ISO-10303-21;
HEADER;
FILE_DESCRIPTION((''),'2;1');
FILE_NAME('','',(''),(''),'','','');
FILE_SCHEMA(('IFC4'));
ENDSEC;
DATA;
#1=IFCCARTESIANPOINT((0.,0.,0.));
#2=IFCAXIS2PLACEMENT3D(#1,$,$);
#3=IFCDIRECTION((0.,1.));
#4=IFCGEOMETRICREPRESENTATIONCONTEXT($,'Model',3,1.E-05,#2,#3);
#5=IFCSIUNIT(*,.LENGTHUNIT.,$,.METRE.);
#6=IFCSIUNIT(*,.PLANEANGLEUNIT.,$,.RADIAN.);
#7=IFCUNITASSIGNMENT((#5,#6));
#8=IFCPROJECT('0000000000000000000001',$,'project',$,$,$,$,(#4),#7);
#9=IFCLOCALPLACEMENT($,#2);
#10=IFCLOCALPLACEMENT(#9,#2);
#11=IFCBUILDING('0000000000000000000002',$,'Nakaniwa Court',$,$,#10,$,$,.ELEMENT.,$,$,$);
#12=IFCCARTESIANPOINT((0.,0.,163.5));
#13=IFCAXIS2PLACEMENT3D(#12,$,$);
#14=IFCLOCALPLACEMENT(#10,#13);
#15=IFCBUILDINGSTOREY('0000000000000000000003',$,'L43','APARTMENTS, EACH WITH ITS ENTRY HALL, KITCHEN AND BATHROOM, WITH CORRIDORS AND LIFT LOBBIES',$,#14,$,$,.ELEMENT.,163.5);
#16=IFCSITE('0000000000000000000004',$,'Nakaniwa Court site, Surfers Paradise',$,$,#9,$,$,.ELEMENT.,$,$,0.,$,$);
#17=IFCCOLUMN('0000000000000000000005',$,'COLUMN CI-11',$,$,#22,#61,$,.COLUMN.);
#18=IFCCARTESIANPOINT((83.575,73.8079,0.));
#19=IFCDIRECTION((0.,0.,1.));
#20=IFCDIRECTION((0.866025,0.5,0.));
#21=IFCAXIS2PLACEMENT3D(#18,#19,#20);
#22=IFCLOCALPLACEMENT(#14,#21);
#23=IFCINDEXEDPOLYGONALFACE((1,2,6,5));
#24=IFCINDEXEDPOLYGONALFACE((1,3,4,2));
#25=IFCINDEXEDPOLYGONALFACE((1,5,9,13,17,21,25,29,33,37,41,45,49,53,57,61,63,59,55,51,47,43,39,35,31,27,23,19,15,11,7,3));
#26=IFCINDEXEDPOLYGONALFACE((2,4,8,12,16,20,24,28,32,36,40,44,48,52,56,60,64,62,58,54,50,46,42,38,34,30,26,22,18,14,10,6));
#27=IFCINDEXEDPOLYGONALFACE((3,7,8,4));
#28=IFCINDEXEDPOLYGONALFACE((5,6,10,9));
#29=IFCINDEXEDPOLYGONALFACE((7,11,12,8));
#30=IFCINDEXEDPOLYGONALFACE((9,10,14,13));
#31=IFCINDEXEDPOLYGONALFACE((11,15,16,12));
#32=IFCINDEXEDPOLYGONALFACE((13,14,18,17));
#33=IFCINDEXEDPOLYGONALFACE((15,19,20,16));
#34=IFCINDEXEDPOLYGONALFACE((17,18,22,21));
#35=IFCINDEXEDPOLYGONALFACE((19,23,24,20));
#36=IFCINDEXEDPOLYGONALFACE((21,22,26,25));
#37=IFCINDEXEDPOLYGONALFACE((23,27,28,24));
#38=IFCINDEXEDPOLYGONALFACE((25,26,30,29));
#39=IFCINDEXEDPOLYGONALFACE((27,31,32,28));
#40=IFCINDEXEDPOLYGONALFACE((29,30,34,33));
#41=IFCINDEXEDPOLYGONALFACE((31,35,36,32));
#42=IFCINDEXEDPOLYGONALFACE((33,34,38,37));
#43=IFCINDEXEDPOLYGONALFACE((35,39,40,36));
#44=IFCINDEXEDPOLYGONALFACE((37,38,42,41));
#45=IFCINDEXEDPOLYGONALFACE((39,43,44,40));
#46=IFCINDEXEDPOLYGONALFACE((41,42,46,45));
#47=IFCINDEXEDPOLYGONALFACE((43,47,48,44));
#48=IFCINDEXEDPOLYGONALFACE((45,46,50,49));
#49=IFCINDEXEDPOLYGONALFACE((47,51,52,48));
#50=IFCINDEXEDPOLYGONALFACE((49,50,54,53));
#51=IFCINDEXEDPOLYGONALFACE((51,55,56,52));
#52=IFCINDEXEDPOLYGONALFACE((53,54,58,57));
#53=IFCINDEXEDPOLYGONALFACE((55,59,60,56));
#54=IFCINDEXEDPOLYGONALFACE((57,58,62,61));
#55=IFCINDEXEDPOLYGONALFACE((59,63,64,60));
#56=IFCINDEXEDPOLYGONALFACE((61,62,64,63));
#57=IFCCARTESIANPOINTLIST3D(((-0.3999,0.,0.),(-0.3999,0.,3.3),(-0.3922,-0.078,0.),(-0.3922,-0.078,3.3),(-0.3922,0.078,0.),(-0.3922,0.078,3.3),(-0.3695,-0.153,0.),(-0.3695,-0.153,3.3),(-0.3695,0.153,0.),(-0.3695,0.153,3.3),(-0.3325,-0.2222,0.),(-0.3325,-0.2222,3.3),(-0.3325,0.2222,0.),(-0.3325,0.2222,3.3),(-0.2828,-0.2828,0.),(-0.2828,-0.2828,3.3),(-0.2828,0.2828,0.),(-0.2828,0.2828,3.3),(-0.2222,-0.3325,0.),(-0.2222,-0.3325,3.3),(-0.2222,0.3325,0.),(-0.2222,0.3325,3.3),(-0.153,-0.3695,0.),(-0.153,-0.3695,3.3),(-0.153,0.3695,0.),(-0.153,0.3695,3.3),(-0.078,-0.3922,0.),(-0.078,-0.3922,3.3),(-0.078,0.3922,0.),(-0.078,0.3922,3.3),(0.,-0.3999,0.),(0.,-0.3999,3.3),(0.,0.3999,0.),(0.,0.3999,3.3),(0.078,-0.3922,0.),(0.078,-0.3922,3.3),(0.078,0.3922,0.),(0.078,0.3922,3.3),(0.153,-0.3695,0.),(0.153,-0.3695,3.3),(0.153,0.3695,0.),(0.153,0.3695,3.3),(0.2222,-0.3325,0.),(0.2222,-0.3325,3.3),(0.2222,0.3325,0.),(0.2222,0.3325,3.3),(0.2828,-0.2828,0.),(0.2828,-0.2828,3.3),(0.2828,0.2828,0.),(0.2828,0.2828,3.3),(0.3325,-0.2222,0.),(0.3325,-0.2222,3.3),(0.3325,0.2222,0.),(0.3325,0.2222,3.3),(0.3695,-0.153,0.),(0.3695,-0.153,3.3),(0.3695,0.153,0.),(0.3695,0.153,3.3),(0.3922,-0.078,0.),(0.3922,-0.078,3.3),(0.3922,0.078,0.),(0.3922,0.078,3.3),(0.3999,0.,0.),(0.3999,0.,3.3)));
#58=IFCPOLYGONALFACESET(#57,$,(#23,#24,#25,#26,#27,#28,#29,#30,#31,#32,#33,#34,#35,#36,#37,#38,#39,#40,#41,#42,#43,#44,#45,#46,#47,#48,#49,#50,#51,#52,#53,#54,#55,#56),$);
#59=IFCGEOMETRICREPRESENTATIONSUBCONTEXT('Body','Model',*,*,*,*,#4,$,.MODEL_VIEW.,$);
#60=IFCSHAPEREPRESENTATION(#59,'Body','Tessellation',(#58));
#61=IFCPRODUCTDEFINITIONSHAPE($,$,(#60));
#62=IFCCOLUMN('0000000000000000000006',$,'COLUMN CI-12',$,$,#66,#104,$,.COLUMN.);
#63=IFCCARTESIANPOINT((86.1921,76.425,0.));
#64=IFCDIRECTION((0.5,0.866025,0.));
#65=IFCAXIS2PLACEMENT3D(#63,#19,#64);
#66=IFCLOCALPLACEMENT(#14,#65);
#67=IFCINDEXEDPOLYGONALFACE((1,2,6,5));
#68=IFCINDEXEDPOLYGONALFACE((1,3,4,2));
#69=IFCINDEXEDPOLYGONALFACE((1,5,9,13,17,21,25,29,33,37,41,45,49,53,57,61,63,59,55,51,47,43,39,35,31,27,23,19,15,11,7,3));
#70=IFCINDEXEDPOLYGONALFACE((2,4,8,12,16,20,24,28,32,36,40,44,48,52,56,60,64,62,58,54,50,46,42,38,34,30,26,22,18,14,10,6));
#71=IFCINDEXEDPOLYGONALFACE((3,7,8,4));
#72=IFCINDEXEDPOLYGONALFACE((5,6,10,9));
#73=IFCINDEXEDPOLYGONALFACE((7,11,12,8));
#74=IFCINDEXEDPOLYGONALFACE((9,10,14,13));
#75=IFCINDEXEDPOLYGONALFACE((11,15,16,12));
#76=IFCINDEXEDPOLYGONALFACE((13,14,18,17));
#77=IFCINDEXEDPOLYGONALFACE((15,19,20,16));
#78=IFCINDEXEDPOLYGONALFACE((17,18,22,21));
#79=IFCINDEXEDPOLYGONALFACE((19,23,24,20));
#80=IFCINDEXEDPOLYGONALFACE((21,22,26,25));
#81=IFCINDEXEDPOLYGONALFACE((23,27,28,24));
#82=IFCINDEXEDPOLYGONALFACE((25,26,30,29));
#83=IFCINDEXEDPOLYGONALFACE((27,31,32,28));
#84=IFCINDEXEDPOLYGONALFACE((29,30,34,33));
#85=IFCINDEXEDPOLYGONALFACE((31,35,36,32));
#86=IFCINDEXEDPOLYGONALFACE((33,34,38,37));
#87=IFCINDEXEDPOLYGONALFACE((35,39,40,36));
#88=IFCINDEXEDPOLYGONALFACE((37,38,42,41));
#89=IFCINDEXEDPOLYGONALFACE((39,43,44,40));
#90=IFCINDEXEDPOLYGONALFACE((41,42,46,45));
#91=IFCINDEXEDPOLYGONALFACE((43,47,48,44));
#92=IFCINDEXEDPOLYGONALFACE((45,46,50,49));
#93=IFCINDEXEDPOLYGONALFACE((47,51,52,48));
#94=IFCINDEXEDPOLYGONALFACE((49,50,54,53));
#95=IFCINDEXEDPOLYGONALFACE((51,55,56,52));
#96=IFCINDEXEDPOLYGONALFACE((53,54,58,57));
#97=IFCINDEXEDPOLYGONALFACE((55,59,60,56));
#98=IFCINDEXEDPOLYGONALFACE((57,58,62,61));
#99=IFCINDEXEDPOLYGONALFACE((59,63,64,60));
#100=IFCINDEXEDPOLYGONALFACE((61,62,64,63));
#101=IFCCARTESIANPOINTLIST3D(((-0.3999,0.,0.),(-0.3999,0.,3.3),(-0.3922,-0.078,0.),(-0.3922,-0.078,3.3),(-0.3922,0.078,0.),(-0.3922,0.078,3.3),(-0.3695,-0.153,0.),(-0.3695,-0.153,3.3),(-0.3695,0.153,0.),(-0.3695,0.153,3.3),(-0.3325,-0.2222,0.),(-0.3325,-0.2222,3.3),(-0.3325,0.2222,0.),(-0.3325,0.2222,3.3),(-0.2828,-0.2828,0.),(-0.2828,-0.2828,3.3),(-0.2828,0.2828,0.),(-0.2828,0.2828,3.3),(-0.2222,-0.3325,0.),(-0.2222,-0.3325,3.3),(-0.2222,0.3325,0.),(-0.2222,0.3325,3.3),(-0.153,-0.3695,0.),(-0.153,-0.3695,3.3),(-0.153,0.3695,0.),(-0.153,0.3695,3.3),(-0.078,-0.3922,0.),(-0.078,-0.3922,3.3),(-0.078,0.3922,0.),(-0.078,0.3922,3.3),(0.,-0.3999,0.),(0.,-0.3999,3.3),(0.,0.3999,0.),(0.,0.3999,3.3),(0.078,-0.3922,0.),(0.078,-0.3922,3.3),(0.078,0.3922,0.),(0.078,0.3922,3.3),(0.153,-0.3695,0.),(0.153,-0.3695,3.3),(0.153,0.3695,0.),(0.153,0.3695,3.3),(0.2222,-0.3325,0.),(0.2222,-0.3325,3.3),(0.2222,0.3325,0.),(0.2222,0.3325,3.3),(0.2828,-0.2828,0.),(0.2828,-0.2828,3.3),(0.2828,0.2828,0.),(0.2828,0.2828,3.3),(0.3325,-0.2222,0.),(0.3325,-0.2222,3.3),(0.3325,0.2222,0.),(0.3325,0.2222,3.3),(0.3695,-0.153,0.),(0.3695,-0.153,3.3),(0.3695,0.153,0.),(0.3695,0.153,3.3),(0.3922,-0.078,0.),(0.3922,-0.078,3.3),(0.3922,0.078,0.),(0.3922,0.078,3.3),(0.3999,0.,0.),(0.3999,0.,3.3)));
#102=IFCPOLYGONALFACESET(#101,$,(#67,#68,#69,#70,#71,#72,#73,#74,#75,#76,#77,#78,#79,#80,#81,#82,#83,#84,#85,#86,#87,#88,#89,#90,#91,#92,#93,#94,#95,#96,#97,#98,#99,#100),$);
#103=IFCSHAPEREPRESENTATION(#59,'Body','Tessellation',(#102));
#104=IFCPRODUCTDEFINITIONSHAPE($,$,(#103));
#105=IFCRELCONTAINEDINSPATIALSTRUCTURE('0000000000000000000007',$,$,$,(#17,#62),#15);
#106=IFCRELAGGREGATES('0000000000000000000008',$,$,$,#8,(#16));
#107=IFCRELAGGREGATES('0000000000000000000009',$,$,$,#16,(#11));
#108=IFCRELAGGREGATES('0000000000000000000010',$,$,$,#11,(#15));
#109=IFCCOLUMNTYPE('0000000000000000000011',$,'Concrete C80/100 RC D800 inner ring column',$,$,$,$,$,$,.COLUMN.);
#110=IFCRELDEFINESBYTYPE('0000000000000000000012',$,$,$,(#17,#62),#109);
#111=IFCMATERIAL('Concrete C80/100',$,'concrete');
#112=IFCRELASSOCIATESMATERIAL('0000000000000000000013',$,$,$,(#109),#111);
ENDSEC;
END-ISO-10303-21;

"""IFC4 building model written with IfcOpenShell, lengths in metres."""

from ifc_helpers import new_model, si_unit, direction, frame, origin, origin_2d, place, context, subcontext, project, spatial, circle, extrude, material, material_profile, profile_set, type_object, element, save


model = new_model("IFC4")

# Units and contexts
model_context = context("Model", 3, precision=1e-05, world=origin(), true_north=direction((0.0, 1.0)))
body_context = subcontext(model_context, "Body", "Model", "MODEL_VIEW")
ifc_project = project(units=[si_unit("LENGTHUNIT", "METRE"), si_unit("PLANEANGLEUNIT", "RADIAN")], contexts=[model_context])

# Site, building, storey
site_placement = place(None, origin())
site = spatial("IfcSite", under=ifc_project, at=site_placement, Name="Nakaniwa Court site, Surfers Paradise", CompositionType="ELEMENT", RefElevation=0.0)
building_placement = place(site_placement, origin())
building = spatial("IfcBuilding", under=site, at=building_placement, Name="Nakaniwa Court", CompositionType="ELEMENT")
storey_placement = place(building_placement, frame((0.0, 0.0, 163.5)))
storey = spatial("IfcBuildingStorey", under=building, at=storey_placement, Name="L43", Description="APARTMENTS, EACH WITH ITS ENTRY HALL, KITCHEN AND BATHROOM, WITH CORRIDORS AND LIFT LOBBIES", CompositionType="ELEMENT", Elevation=163.5)

# Columns
ifc_material_1 = material(Name="Concrete C80/100", Category="concrete")
ifc_material_profile_1 = material_profile(ifc_material_1, circle(Radius=0.3999, at=origin_2d()), Name="Concrete C80/100 RC D800 inner ring column")
ifc_profile_set_1 = profile_set([ifc_material_profile_1], Name="Concrete C80/100")
column_type = type_object("IfcColumnType", Name="Concrete C80/100 RC D800 inner ring column", PredefinedType="COLUMN", material=ifc_profile_set_1)
for number, where, z_axis, x_axis, name in (
    (1, (83.575, 73.8079, 0.0), (0.0, 0.0, 1.0), (0.866025, 0.5, 0.0), "COLUMN CI-11"),
    (2, (86.1921, 76.425, 0.0), (0.0, 0.0, 1.0), (0.5, 0.866025, 0.0), "COLUMN CI-12"),
):
    element("IfcColumn", number, at=place(storey_placement, frame(where, z_axis=z_axis, x_axis=x_axis)), inside=storey, type_object=column_type, Name=name, PredefinedType="COLUMN", context=body_context, shape_type="SweptSolid", body=[
        extrude(circle(Radius=0.3999, at=origin_2d()), origin(), (0.0, 0.0, 1.0), 3.3),
    ])

save(model, "model.ifc")
